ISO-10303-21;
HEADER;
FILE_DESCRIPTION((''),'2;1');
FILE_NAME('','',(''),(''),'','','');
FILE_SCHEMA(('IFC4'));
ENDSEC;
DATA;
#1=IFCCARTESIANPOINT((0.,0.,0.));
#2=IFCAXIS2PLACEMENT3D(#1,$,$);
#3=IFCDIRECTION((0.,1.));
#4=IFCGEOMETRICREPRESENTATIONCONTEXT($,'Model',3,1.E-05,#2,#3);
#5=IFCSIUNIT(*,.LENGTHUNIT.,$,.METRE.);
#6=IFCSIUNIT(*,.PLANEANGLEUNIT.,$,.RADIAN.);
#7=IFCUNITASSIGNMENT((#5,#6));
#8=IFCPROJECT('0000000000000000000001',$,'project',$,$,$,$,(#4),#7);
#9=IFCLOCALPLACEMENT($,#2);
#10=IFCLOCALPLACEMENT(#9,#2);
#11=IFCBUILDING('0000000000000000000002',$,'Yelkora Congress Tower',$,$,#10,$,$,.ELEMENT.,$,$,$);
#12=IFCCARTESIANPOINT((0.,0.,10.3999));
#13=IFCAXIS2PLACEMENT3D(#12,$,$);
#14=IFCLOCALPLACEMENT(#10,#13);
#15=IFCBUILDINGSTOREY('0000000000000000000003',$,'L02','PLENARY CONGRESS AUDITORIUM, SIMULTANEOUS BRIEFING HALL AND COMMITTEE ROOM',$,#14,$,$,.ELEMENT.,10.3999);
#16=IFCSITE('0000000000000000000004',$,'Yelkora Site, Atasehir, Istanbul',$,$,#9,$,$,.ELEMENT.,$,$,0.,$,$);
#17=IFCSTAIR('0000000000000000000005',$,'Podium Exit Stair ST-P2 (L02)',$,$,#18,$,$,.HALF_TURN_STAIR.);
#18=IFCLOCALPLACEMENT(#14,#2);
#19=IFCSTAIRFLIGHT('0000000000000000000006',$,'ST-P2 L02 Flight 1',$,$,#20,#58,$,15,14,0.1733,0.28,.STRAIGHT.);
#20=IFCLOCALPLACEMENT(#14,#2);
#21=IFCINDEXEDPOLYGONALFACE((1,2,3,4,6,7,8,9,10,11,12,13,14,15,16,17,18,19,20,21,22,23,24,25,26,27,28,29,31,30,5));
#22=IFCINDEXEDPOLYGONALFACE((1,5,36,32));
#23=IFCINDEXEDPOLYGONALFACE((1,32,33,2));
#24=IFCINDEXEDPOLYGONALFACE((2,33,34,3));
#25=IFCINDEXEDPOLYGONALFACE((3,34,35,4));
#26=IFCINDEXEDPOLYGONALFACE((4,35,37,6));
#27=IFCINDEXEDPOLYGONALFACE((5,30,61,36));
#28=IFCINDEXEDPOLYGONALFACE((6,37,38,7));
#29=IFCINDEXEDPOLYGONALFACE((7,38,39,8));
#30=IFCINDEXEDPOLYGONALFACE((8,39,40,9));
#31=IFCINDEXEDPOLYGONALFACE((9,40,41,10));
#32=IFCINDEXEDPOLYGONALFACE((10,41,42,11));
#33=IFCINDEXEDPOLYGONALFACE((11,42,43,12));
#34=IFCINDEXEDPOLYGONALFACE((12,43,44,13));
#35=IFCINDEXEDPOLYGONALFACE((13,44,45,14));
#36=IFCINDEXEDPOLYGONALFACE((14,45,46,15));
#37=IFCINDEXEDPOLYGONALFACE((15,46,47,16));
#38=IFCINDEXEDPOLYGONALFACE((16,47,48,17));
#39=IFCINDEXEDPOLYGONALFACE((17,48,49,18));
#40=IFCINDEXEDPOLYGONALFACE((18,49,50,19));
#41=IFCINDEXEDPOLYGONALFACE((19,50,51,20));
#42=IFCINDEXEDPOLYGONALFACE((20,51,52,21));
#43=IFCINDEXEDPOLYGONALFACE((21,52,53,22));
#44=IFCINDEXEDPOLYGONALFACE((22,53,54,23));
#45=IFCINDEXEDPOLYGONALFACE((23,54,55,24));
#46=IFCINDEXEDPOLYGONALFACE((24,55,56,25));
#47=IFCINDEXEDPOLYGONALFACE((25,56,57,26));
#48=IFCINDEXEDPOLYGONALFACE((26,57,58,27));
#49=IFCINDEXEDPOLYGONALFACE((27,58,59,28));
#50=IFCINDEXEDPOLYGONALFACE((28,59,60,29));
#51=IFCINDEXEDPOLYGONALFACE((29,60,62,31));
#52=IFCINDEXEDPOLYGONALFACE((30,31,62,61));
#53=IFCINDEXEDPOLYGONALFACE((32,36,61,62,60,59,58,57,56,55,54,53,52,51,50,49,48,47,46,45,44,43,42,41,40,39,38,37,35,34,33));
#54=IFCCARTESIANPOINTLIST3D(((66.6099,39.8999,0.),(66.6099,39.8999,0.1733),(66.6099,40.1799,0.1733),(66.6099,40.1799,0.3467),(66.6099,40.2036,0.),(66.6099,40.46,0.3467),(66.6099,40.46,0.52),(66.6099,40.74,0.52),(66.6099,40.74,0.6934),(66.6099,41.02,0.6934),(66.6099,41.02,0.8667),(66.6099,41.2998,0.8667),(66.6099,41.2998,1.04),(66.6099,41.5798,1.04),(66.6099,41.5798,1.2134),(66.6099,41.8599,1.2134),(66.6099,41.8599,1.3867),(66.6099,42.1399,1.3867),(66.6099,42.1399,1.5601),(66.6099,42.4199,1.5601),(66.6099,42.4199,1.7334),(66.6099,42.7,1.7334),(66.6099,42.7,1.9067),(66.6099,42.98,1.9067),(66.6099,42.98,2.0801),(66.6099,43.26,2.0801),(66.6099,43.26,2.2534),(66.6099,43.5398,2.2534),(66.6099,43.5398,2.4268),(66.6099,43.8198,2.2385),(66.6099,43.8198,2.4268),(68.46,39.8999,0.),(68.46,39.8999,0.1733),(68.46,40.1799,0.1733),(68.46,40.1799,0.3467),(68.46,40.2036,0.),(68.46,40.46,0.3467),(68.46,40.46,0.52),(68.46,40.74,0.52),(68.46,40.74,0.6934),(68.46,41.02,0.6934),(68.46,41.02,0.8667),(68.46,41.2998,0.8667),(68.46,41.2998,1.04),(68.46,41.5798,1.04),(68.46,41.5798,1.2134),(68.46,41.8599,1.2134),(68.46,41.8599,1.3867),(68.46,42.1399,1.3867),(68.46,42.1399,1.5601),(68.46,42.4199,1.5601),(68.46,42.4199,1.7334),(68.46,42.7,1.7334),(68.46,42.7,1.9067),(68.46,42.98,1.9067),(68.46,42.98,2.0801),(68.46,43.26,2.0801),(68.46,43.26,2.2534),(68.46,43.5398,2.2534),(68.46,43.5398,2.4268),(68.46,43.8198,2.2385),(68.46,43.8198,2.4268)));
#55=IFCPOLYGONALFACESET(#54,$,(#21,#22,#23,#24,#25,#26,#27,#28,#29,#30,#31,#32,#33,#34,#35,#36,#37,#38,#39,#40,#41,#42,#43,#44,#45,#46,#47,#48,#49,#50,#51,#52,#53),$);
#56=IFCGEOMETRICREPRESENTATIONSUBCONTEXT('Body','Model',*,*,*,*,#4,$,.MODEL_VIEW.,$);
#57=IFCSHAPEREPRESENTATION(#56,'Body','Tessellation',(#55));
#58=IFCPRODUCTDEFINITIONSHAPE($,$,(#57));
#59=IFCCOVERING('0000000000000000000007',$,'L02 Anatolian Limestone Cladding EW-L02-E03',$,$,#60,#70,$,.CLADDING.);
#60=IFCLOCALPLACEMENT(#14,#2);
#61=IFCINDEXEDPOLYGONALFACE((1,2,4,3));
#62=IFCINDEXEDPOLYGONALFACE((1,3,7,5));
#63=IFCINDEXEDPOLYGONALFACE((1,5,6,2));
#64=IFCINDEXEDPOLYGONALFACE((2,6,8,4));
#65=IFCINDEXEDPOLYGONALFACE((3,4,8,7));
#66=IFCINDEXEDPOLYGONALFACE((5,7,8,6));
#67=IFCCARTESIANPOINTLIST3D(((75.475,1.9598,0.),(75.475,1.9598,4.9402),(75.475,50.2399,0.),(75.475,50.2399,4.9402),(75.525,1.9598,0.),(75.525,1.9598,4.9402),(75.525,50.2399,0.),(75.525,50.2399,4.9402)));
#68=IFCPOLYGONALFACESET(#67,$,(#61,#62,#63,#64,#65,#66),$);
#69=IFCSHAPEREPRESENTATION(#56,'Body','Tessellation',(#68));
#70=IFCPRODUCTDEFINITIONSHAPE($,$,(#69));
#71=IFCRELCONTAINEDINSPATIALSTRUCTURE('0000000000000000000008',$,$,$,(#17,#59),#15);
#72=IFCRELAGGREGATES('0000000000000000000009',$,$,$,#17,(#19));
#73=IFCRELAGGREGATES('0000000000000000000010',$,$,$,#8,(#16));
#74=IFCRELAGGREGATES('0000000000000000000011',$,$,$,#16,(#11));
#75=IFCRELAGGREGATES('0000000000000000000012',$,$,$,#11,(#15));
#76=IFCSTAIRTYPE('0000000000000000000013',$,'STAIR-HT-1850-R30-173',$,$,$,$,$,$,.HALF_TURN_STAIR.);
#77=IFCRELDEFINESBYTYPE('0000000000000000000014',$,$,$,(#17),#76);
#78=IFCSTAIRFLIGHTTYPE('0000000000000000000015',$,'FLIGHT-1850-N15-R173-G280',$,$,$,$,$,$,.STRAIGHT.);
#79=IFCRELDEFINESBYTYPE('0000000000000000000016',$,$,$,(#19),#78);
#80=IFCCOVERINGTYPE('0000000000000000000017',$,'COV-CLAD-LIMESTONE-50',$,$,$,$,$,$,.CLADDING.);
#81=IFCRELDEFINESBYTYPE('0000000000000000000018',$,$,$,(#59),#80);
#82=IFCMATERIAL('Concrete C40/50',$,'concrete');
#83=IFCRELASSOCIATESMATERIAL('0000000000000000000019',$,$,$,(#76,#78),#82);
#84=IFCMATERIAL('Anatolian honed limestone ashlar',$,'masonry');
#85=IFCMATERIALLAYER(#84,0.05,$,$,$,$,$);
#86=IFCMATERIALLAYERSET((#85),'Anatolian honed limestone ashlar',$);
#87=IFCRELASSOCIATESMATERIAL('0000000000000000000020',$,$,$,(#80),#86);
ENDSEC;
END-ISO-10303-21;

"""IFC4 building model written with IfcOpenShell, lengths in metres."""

from ifc_helpers import new_model, si_unit, direction, frame, frame_2d, origin, place, context, subcontext, project, spatial, polyline, rectangle, outline, extrude, material, layer, layer_set, type_object, element, aggregate, save


model = new_model("IFC4")

# Units and contexts
model_context = context("Model", 3, precision=1e-05, world=origin(), true_north=direction((0.0, 1.0)))
body_context = subcontext(model_context, "Body", "Model", "MODEL_VIEW")
ifc_project = project(units=[si_unit("LENGTHUNIT", "METRE"), si_unit("PLANEANGLEUNIT", "RADIAN")], contexts=[model_context])

# Site, building, storey
site_placement = place(None, origin())
site = spatial("IfcSite", under=ifc_project, at=site_placement, Name="Yelkora Site, Atasehir, Istanbul", CompositionType="ELEMENT", RefElevation=0.0)
building_placement = place(site_placement, origin())
building = spatial("IfcBuilding", under=site, at=building_placement, Name="Yelkora Congress Tower", CompositionType="ELEMENT")
storey_placement = place(building_placement, frame((0.0, 0.0, 10.3999)))
storey = spatial("IfcBuildingStorey", under=building, at=storey_placement, Name="L02", Description="PLENARY CONGRESS AUDITORIUM, SIMULTANEOUS BRIEFING HALL AND COMMITTEE ROOM", CompositionType="ELEMENT", Elevation=10.3999)

# Shared definitions
ifc_material_1 = material(Name="Concrete C40/50", Category="concrete")

# Stair, stair flight
stair_type = type_object("IfcStairType", Name="STAIR-HT-1850-R30-173", PredefinedType="HALF_TURN_STAIR", material=ifc_material_1)
stair_placement = place(storey_placement, origin())
stair = element("IfcStair", 1, at=stair_placement, inside=storey, type_object=stair_type, Name="Podium Exit Stair ST-P2 (L02)", PredefinedType="HALF_TURN_STAIR")
stair_flight_type = type_object("IfcStairFlightType", Name="FLIGHT-1850-N15-R173-G280", PredefinedType="STRAIGHT", material=ifc_material_1)
stair_flight_placement = place(storey_placement, frame((67.5349, 39.8999, 0.0), z_axis=(0.0, 0.0, 1.0), x_axis=(0.0, 1.0, 0.0)))
stair_flight = element("IfcStairFlight", 2, at=stair_flight_placement, type_object=stair_flight_type, Name="ST-P2 L02 Flight 1", NumberOfRisers=15, NumberOfTreads=14, PredefinedType="STRAIGHT", RiserHeight=0.1733, TreadLength=0.28, context=body_context, shape_type="SweptSolid", body=[
    extrude(outline(polyline([(0.0, 0.0), (0.0, 0.1733), (0.28, 0.1733), (0.28, 0.3467), (0.5601, 0.3467), (0.5601, 0.52), (0.8401, 0.52), (0.8401, 0.6934), (1.1201, 0.6934), (1.1201, 0.8667), (1.3999, 0.8667), (1.3999, 1.04), (1.6799, 1.04), (1.6799, 1.2134), (1.96, 1.2134), (1.96, 1.3867), (2.24, 1.3867), (2.24, 1.5601), (2.52, 1.5601), (2.52, 1.7334), (2.8, 1.7334), (2.8, 1.9067), (3.0801, 1.9067), (3.0801, 2.0801), (3.3601, 2.0801), (3.3601, 2.2534), (3.6399, 2.2534), (3.6399, 2.4268), (3.9199, 2.4268), (3.9199, 2.6001), (3.9199, 2.2385), (0.3037, 0.0), (0.0, 0.0)])), frame((0.0, 0.925, 0.0), z_axis=(0.0, -1.0, 0.0), x_axis=(1.0, 0.0, 0.0)), (0.0, 0.0, 1.0), 1.8501),
])
aggregate(stair, [stair_flight])

# Covering
ifc_material_2 = material(Name="Anatolian honed limestone ashlar", Category="masonry")
ifc_layer_1 = layer(ifc_material_2, 0.05)
ifc_layer_set_1 = layer_set([ifc_layer_1], Name="Anatolian honed limestone ashlar")
covering_type = type_object("IfcCoveringType", Name="COV-CLAD-LIMESTONE-50", PredefinedType="CLADDING", material=ifc_layer_set_1)
covering_placement = place(storey_placement, frame((75.5, 50.24, 0.0), z_axis=(0.0, 0.0, 1.0), x_axis=(0.0, -1.0, 0.0)))
element("IfcCovering", 3, at=covering_placement, inside=storey, type_object=covering_type, Name="L02 Anatolian Limestone Cladding EW-L02-E03", PredefinedType="CLADDING", context=body_context, shape_type="SweptSolid", body=[
    extrude(rectangle(XDim=48.28, YDim=0.05, at=frame_2d((24.1401, 0.0))), origin(), (0.0, 0.0, 1.0), 4.9402),
])

save(model, "model.ifc")
